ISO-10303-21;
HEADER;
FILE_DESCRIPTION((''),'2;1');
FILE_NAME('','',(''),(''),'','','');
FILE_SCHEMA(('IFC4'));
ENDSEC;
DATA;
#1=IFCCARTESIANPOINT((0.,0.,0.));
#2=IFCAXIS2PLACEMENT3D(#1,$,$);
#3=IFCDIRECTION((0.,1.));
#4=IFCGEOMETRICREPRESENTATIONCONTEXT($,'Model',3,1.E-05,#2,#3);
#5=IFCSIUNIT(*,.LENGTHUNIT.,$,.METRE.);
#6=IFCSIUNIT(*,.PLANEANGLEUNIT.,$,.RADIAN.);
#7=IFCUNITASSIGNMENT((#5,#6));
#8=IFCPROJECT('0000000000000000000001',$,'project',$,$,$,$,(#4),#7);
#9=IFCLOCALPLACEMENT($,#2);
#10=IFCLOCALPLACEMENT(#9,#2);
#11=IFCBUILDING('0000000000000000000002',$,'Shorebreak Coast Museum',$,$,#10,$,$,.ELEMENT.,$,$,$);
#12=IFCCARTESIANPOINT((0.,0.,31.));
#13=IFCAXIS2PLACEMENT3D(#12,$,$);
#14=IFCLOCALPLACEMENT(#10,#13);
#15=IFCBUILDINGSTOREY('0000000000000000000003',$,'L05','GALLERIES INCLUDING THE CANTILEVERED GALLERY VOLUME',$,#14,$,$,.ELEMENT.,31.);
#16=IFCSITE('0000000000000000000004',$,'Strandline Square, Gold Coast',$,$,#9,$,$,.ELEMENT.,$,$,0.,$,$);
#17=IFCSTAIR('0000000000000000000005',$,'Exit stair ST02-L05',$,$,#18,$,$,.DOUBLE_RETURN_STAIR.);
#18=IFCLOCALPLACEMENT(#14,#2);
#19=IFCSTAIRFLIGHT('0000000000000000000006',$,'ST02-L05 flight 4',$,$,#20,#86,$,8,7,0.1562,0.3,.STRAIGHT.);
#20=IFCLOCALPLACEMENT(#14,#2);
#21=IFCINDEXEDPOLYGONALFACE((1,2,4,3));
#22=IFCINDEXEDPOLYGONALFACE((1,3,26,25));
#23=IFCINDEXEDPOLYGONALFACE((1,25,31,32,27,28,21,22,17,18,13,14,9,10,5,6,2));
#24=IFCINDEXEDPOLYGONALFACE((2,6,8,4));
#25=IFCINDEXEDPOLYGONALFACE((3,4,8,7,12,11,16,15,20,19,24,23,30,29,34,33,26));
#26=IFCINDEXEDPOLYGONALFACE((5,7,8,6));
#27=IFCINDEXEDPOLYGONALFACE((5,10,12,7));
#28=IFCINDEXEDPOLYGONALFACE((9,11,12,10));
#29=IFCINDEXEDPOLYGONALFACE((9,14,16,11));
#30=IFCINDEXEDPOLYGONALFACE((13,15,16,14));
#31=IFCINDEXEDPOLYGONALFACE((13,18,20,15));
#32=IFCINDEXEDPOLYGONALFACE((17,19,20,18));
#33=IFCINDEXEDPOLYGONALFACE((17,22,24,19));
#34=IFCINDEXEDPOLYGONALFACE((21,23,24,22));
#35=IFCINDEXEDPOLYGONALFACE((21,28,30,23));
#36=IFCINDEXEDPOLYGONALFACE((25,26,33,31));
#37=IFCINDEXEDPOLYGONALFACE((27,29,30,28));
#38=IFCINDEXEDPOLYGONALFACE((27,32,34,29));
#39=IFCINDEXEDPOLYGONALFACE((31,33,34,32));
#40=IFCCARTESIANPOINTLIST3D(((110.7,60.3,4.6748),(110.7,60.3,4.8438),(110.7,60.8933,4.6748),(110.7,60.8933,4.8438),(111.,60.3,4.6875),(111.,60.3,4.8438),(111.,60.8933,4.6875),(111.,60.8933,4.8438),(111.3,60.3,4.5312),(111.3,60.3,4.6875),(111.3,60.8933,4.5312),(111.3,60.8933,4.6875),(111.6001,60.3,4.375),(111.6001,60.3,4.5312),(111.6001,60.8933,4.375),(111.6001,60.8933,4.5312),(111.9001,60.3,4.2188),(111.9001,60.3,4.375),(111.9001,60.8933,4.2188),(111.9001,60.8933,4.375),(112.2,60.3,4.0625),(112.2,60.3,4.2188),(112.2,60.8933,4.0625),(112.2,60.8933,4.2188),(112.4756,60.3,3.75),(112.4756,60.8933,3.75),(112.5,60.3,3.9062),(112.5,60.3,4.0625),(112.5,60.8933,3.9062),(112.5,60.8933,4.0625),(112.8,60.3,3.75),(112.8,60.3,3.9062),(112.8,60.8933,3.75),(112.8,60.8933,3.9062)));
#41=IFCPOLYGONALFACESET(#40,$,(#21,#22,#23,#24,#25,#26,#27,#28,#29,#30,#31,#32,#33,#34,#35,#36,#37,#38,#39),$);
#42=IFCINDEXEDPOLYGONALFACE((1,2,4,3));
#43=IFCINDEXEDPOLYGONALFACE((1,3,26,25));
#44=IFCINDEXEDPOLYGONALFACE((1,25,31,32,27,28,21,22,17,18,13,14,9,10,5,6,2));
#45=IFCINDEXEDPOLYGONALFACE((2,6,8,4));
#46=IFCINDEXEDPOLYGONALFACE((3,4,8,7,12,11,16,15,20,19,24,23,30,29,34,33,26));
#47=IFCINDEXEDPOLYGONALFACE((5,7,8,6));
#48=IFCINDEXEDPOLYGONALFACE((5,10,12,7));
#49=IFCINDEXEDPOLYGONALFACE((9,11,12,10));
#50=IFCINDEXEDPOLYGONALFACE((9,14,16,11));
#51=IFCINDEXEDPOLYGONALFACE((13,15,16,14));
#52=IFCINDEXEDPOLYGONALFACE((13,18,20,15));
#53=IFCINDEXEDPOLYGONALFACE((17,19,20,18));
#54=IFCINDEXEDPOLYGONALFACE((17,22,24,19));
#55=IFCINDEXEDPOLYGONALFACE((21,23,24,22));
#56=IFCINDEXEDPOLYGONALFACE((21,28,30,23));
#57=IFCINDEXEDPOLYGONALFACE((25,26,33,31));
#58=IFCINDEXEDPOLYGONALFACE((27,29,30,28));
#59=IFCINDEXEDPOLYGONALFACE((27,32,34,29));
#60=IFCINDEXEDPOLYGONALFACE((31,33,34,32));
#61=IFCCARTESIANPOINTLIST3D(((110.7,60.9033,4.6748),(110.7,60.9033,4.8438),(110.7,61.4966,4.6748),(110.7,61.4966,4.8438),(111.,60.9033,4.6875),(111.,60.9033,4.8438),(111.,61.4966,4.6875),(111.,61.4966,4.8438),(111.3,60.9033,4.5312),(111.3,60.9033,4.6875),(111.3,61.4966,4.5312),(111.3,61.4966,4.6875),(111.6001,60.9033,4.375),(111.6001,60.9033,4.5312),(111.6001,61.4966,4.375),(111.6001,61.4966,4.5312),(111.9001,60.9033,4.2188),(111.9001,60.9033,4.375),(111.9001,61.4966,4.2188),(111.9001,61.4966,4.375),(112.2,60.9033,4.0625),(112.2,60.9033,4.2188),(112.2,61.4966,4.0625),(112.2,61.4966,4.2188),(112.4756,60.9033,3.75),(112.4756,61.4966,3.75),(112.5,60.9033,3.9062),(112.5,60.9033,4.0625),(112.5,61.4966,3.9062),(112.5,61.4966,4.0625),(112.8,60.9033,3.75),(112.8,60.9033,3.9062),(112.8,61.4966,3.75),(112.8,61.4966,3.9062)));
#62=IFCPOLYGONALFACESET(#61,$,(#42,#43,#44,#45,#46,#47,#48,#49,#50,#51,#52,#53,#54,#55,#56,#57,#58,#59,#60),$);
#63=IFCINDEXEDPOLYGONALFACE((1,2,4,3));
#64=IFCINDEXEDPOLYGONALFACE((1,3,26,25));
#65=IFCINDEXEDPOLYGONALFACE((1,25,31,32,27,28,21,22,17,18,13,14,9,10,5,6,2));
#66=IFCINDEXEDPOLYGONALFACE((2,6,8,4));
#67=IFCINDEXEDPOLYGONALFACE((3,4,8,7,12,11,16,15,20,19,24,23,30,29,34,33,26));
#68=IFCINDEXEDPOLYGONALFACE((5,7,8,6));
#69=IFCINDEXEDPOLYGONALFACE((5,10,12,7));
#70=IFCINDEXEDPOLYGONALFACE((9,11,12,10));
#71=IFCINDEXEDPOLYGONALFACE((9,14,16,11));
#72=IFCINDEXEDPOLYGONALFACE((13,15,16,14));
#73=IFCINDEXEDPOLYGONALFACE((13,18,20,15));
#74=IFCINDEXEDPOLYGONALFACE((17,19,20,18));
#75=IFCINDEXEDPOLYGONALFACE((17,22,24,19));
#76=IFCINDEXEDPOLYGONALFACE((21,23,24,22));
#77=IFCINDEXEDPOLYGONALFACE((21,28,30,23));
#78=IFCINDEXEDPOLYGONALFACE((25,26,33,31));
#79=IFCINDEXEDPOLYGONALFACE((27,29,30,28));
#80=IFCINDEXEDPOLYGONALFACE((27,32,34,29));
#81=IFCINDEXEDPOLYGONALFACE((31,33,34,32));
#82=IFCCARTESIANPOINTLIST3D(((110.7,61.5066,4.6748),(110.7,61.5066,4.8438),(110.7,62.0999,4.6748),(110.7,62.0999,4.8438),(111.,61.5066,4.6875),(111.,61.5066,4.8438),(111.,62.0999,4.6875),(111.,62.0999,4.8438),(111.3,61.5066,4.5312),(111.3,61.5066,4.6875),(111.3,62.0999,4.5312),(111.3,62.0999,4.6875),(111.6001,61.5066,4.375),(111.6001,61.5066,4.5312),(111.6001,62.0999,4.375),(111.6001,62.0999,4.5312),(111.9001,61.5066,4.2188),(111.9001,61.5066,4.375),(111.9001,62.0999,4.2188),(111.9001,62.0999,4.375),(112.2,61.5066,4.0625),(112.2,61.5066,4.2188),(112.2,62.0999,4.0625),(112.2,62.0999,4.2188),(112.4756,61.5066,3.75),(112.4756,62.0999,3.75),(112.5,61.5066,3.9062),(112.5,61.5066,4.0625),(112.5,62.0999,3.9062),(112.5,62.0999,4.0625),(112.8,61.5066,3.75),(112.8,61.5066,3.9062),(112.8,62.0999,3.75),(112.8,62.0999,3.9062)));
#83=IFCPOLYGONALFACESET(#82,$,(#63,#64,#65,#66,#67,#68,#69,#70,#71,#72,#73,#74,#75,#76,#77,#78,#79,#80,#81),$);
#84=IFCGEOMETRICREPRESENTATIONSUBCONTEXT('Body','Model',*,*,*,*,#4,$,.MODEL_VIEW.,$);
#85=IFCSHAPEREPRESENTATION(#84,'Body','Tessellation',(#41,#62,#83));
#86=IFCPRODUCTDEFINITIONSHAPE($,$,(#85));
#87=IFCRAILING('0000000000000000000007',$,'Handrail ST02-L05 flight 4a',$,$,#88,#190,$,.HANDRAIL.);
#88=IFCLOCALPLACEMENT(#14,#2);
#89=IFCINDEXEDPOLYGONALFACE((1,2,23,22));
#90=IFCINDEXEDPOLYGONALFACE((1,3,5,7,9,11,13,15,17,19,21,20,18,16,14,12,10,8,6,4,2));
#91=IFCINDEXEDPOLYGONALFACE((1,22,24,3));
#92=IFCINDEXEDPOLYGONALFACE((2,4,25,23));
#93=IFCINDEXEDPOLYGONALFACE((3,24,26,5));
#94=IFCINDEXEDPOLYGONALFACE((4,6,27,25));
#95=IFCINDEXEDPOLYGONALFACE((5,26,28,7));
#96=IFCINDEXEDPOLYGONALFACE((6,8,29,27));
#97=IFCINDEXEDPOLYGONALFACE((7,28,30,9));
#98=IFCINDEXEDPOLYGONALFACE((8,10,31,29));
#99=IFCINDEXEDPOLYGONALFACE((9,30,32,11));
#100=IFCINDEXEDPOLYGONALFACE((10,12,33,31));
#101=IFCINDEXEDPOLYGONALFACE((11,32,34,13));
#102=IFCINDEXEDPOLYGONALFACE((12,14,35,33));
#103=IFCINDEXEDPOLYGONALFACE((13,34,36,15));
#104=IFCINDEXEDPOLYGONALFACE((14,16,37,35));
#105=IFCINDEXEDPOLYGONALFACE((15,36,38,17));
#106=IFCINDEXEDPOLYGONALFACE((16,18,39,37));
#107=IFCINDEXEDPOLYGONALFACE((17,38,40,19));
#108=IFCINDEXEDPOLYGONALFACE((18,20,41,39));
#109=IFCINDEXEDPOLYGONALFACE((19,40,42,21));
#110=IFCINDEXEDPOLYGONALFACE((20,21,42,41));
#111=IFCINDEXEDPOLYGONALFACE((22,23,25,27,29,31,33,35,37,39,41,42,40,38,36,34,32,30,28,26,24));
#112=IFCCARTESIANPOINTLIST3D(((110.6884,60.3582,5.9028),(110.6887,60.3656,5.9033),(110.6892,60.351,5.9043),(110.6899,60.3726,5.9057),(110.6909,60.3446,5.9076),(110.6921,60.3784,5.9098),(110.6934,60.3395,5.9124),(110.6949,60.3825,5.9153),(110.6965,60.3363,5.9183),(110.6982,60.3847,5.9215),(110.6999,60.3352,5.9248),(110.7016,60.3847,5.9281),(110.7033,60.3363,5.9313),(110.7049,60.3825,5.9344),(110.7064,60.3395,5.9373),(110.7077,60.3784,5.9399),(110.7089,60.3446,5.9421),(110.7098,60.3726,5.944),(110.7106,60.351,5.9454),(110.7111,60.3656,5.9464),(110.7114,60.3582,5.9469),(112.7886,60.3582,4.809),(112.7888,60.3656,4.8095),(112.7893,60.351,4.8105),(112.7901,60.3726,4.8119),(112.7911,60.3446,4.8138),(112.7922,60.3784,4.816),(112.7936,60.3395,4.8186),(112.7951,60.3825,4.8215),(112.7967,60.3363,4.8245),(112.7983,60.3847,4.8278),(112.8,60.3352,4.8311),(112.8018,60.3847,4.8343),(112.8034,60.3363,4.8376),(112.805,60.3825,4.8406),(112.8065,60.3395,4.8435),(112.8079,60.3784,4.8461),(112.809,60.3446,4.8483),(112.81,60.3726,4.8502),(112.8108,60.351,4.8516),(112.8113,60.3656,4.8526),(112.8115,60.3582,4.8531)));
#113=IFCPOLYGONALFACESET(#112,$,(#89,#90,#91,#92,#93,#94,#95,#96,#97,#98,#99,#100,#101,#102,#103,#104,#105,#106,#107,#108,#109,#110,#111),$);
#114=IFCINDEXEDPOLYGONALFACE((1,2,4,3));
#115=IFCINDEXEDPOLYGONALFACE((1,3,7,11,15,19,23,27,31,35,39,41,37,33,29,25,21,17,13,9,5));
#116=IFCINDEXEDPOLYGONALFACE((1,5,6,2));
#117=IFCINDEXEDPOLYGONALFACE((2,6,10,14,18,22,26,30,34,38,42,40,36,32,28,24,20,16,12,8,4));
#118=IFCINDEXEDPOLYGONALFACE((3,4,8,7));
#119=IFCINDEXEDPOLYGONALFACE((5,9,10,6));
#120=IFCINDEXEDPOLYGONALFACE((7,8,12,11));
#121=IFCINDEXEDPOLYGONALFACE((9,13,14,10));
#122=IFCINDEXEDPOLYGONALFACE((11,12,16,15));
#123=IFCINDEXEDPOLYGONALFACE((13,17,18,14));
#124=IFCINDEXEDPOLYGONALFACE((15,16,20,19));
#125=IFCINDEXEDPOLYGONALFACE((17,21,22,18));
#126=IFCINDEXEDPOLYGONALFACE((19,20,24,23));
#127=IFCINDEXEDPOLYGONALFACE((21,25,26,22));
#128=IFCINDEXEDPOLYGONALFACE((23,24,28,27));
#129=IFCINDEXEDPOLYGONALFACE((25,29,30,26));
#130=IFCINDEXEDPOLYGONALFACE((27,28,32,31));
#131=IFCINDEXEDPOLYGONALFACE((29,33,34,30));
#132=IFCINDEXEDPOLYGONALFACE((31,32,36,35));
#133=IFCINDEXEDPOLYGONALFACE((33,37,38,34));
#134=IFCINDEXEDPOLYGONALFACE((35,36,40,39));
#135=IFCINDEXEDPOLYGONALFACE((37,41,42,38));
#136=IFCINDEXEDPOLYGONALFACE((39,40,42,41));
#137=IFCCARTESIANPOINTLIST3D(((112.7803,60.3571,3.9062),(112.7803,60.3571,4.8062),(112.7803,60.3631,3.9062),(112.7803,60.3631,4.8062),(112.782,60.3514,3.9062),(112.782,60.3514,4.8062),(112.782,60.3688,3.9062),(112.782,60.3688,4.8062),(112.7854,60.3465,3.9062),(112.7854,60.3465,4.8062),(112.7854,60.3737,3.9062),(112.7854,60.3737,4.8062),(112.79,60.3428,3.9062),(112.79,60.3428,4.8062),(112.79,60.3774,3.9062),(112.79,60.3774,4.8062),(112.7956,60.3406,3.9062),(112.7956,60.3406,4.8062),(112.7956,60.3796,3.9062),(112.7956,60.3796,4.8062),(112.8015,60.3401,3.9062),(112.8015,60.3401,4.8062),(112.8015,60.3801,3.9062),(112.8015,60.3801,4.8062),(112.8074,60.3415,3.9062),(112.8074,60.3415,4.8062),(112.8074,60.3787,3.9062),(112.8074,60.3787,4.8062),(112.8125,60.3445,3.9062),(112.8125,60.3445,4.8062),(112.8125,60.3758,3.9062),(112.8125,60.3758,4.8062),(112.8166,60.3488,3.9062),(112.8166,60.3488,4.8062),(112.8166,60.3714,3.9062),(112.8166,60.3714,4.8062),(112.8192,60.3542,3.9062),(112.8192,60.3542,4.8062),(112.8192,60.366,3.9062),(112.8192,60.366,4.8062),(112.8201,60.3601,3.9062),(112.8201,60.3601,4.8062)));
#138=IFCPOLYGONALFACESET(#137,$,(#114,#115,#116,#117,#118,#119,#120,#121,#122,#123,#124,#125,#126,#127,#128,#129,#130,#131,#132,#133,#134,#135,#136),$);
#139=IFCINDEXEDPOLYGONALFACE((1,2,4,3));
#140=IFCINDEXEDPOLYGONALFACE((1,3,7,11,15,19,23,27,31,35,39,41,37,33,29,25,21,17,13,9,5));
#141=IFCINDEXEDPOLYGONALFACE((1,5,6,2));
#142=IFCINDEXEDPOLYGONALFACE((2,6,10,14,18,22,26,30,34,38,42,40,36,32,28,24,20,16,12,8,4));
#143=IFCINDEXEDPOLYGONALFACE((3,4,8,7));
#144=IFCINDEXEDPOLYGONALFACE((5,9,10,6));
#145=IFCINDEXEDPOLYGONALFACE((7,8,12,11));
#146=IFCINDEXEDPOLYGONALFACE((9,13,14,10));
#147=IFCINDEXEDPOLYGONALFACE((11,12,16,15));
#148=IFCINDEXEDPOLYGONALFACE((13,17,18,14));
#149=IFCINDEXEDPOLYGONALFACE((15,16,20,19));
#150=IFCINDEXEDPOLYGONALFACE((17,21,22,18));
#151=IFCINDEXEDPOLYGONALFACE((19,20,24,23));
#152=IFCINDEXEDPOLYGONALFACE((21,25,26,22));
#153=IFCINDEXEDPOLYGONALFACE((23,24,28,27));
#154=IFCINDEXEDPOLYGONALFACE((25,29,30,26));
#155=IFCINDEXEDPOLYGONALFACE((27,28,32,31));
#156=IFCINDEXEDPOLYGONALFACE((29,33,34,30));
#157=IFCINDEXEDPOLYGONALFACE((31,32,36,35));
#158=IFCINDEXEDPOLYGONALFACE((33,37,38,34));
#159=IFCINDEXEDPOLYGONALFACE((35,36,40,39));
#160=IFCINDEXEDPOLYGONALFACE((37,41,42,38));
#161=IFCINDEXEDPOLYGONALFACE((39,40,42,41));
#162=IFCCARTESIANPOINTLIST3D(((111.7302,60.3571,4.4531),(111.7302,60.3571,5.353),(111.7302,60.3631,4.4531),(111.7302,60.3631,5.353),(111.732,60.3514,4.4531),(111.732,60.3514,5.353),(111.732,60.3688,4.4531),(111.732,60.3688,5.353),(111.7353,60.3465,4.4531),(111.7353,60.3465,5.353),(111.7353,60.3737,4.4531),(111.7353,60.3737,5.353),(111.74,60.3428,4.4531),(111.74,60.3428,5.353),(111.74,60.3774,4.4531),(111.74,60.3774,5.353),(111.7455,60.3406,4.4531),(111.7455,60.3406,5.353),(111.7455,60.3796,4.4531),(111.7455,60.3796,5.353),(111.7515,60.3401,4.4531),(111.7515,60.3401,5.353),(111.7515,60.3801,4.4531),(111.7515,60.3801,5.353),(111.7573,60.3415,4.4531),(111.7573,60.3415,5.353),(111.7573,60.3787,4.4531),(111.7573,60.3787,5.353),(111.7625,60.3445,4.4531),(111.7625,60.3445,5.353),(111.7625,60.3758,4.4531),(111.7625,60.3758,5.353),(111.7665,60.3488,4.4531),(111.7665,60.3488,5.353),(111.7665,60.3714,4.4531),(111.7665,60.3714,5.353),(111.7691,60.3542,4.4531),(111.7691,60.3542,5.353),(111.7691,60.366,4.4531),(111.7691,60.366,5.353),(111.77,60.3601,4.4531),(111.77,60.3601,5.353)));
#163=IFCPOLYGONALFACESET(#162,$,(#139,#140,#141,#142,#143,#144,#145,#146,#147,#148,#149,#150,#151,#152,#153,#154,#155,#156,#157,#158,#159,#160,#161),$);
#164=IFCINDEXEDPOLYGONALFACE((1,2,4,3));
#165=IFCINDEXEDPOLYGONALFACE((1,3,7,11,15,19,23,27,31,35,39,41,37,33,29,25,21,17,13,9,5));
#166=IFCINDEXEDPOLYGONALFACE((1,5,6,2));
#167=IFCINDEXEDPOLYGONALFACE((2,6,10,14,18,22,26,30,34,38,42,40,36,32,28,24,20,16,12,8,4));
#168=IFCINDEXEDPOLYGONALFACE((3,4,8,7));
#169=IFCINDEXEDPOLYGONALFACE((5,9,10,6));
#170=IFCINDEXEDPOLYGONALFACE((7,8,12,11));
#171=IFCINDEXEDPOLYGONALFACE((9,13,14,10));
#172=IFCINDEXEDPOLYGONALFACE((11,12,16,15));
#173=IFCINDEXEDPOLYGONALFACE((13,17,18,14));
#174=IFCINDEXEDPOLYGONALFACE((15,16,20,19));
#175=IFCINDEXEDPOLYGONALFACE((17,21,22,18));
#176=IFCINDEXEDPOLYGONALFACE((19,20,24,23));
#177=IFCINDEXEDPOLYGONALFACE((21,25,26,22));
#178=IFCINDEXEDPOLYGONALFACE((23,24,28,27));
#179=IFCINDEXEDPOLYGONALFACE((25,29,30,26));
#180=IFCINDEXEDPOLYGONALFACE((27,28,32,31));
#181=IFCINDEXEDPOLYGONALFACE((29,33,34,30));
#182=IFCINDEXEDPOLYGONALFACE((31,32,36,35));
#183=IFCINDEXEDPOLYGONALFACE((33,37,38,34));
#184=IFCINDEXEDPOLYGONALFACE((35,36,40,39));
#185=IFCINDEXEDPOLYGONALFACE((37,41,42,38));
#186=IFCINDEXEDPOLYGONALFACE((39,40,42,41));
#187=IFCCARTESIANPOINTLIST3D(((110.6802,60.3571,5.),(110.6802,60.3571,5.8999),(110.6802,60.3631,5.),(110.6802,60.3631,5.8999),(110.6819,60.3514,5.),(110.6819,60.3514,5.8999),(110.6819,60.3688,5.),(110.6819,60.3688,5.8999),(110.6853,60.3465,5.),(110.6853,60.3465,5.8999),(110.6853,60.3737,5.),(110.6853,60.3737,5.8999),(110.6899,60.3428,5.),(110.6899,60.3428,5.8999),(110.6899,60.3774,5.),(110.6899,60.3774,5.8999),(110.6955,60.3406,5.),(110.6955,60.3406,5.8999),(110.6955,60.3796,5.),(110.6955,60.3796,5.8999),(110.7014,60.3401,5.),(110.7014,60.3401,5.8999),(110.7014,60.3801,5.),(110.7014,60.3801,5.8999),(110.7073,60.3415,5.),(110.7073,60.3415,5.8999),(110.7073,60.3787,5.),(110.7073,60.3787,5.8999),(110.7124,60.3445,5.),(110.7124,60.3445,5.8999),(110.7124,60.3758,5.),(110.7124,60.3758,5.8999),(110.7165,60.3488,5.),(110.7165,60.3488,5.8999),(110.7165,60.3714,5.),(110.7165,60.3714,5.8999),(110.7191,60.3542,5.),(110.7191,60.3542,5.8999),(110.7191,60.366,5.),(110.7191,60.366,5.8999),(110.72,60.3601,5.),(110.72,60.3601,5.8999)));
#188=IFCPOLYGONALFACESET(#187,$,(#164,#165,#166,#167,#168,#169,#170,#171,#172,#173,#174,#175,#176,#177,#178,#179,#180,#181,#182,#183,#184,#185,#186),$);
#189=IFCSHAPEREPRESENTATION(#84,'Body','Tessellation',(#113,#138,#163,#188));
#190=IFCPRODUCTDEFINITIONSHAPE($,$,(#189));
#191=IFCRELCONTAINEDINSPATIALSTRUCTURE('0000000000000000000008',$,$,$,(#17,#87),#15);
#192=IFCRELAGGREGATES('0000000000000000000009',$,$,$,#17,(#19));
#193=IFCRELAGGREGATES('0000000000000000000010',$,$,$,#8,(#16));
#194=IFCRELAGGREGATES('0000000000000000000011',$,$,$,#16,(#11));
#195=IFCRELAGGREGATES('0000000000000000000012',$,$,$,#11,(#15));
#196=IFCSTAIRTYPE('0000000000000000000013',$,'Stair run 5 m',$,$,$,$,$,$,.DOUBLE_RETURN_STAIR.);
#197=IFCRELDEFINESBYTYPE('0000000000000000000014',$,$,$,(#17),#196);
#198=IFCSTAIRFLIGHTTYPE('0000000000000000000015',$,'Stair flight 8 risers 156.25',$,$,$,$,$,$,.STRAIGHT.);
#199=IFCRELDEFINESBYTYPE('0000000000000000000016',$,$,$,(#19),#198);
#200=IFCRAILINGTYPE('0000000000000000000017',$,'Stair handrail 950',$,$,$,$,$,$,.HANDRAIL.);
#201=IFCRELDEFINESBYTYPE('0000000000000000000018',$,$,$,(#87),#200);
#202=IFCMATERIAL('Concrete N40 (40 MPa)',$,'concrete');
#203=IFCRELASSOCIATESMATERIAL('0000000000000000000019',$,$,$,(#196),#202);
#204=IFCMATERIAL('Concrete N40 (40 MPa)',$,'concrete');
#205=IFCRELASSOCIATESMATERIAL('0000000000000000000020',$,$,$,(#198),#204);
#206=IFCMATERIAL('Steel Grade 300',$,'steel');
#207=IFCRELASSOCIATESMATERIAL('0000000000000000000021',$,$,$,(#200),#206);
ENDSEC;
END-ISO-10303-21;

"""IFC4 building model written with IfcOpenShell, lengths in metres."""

from ifc_helpers import new_model, si_unit, direction, frame, origin, origin_2d, place, context, subcontext, project, spatial, polyline, circle, outline, extrude, material, type_object, element, aggregate, save


model = new_model("IFC4")

# Units and contexts
model_context = context("Model", 3, precision=1e-05, world=origin(), true_north=direction((0.0, 1.0)))
body_context = subcontext(model_context, "Body", "Model", "MODEL_VIEW")
ifc_project = project(units=[si_unit("LENGTHUNIT", "METRE"), si_unit("PLANEANGLEUNIT", "RADIAN")], contexts=[model_context])

# Site, building, storey
site_placement = place(None, origin())
site = spatial("IfcSite", under=ifc_project, at=site_placement, Name="Strandline Square, Gold Coast", CompositionType="ELEMENT", RefElevation=0.0)
building_placement = place(site_placement, origin())
building = spatial("IfcBuilding", under=site, at=building_placement, Name="Shorebreak Coast Museum", CompositionType="ELEMENT")
storey_placement = place(building_placement, frame((0.0, 0.0, 31.0)))
storey = spatial("IfcBuildingStorey", under=building, at=storey_placement, Name="L05", Description="GALLERIES INCLUDING THE CANTILEVERED GALLERY VOLUME", CompositionType="ELEMENT", Elevation=31.0)

# Stair, stair flight
ifc_material_1 = material(Name="Concrete N40 (40 MPa)", Category="concrete")
stair_type = type_object("IfcStairType", Name="Stair run 5 m", PredefinedType="DOUBLE_RETURN_STAIR", material=ifc_material_1)
stair_placement = place(storey_placement, origin())
stair = element("IfcStair", 1, at=stair_placement, inside=storey, type_object=stair_type, Name="Exit stair ST02-L05", PredefinedType="DOUBLE_RETURN_STAIR")
ifc_material_2 = material(Name="Concrete N40 (40 MPa)", Category="concrete")
stair_flight_type = type_object("IfcStairFlightType", Name="Stair flight 8 risers 156.25", PredefinedType="STRAIGHT", material=ifc_material_2)
stair_flight_placement = place(storey_placement, frame((112.8, 61.2, 3.75), z_axis=(0.0, 0.0, 1.0), x_axis=(-1.0, 0.0, 0.0)))
stair_flight = element("IfcStairFlight", 2, at=stair_flight_placement, type_object=stair_flight_type, Name="ST02-L05 flight 4", NumberOfRisers=8, NumberOfTreads=7, PredefinedType="STRAIGHT", RiserHeight=0.1562, TreadLength=0.3, context=body_context, shape_type="SweptSolid", body=[
    extrude(outline(polyline([(0.0, 0.0), (0.0, 0.1562), (0.3, 0.1562), (0.3, 0.3125), (0.6001, 0.3125), (0.6001, 0.4688), (0.8999, 0.4688), (0.8999, 0.625), (1.2, 0.625), (1.2, 0.7812), (1.5, 0.7812), (1.5, 0.9375), (1.8, 0.9375), (1.8, 1.0938), (2.1001, 1.0938), (2.1001, 1.25), (2.1001, 0.9248), (0.3245, 0.0), (0.0, 0.0)])), frame((0.0, 0.8999, 0.0), z_axis=(0.0, -1.0, 0.0), x_axis=(1.0, 0.0, 0.0)), (0.0, 0.0, 1.0), 0.5933),
    extrude(outline(polyline([(0.0, 0.0), (0.0, 0.1562), (0.3, 0.1562), (0.3, 0.3125), (0.6001, 0.3125), (0.6001, 0.4688), (0.8999, 0.4688), (0.8999, 0.625), (1.2, 0.625), (1.2, 0.7812), (1.5, 0.7812), (1.5, 0.9375), (1.8, 0.9375), (1.8, 1.0938), (2.1001, 1.0938), (2.1001, 1.25), (2.1001, 0.9248), (0.3245, 0.0), (0.0, 0.0)])), frame((0.0, 0.2966, 0.0), z_axis=(0.0, -1.0, 0.0), x_axis=(1.0, 0.0, 0.0)), (0.0, 0.0, 1.0), 0.5933),
    extrude(outline(polyline([(0.0, 0.0), (0.0, 0.1562), (0.3, 0.1562), (0.3, 0.3125), (0.6001, 0.3125), (0.6001, 0.4688), (0.8999, 0.4688), (0.8999, 0.625), (1.2, 0.625), (1.2, 0.7812), (1.5, 0.7812), (1.5, 0.9375), (1.8, 0.9375), (1.8, 1.0938), (2.1001, 1.0938), (2.1001, 1.25), (2.1001, 0.9248), (0.3245, 0.0), (0.0, 0.0)])), frame((0.0, -0.3066, 0.0), z_axis=(0.0, -1.0, 0.0), x_axis=(1.0, 0.0, 0.0)), (0.0, 0.0, 1.0), 0.5933),
])
aggregate(stair, [stair_flight])

# Railing
ifc_material_3 = material(Name="Steel Grade 300", Category="steel")
railing_type = type_object("IfcRailingType", Name="Stair handrail 950", PredefinedType="HANDRAIL", material=ifc_material_3)
for number, where, name in (
    (3, (112.8, 60.3601, 3.9062), "Handrail ST02-L05 flight 4a"),
):
    element("IfcRailing", number, at=place(storey_placement, frame(where)), inside=storey, type_object=railing_type, Name=name, PredefinedType="HANDRAIL", context=body_context, shape_type="SweptSolid", body=[
        extrude(circle(Radius=0.0249, at=origin_2d()), frame((0.0, 0.0, 0.9248), z_axis=(-0.886923, 0.0, 0.461918), x_axis=(0.0, -1.0, 0.0)), (0.0, 0.0, 1.0), 2.3679),
        extrude(circle(Radius=0.02, at=origin_2d()), origin(), (0.0, 0.0, 1.0), 0.8999),
        extrude(circle(Radius=0.02, at=origin_2d()), frame((-1.05, 0.0, 0.5469)), (0.0, 0.0, 1.0), 0.8999),
        extrude(circle(Radius=0.02, at=origin_2d()), frame((-2.1001, 0.0, 1.0938)), (0.0, 0.0, 1.0), 0.8999),
    ])

save(model, "model.ifc")
